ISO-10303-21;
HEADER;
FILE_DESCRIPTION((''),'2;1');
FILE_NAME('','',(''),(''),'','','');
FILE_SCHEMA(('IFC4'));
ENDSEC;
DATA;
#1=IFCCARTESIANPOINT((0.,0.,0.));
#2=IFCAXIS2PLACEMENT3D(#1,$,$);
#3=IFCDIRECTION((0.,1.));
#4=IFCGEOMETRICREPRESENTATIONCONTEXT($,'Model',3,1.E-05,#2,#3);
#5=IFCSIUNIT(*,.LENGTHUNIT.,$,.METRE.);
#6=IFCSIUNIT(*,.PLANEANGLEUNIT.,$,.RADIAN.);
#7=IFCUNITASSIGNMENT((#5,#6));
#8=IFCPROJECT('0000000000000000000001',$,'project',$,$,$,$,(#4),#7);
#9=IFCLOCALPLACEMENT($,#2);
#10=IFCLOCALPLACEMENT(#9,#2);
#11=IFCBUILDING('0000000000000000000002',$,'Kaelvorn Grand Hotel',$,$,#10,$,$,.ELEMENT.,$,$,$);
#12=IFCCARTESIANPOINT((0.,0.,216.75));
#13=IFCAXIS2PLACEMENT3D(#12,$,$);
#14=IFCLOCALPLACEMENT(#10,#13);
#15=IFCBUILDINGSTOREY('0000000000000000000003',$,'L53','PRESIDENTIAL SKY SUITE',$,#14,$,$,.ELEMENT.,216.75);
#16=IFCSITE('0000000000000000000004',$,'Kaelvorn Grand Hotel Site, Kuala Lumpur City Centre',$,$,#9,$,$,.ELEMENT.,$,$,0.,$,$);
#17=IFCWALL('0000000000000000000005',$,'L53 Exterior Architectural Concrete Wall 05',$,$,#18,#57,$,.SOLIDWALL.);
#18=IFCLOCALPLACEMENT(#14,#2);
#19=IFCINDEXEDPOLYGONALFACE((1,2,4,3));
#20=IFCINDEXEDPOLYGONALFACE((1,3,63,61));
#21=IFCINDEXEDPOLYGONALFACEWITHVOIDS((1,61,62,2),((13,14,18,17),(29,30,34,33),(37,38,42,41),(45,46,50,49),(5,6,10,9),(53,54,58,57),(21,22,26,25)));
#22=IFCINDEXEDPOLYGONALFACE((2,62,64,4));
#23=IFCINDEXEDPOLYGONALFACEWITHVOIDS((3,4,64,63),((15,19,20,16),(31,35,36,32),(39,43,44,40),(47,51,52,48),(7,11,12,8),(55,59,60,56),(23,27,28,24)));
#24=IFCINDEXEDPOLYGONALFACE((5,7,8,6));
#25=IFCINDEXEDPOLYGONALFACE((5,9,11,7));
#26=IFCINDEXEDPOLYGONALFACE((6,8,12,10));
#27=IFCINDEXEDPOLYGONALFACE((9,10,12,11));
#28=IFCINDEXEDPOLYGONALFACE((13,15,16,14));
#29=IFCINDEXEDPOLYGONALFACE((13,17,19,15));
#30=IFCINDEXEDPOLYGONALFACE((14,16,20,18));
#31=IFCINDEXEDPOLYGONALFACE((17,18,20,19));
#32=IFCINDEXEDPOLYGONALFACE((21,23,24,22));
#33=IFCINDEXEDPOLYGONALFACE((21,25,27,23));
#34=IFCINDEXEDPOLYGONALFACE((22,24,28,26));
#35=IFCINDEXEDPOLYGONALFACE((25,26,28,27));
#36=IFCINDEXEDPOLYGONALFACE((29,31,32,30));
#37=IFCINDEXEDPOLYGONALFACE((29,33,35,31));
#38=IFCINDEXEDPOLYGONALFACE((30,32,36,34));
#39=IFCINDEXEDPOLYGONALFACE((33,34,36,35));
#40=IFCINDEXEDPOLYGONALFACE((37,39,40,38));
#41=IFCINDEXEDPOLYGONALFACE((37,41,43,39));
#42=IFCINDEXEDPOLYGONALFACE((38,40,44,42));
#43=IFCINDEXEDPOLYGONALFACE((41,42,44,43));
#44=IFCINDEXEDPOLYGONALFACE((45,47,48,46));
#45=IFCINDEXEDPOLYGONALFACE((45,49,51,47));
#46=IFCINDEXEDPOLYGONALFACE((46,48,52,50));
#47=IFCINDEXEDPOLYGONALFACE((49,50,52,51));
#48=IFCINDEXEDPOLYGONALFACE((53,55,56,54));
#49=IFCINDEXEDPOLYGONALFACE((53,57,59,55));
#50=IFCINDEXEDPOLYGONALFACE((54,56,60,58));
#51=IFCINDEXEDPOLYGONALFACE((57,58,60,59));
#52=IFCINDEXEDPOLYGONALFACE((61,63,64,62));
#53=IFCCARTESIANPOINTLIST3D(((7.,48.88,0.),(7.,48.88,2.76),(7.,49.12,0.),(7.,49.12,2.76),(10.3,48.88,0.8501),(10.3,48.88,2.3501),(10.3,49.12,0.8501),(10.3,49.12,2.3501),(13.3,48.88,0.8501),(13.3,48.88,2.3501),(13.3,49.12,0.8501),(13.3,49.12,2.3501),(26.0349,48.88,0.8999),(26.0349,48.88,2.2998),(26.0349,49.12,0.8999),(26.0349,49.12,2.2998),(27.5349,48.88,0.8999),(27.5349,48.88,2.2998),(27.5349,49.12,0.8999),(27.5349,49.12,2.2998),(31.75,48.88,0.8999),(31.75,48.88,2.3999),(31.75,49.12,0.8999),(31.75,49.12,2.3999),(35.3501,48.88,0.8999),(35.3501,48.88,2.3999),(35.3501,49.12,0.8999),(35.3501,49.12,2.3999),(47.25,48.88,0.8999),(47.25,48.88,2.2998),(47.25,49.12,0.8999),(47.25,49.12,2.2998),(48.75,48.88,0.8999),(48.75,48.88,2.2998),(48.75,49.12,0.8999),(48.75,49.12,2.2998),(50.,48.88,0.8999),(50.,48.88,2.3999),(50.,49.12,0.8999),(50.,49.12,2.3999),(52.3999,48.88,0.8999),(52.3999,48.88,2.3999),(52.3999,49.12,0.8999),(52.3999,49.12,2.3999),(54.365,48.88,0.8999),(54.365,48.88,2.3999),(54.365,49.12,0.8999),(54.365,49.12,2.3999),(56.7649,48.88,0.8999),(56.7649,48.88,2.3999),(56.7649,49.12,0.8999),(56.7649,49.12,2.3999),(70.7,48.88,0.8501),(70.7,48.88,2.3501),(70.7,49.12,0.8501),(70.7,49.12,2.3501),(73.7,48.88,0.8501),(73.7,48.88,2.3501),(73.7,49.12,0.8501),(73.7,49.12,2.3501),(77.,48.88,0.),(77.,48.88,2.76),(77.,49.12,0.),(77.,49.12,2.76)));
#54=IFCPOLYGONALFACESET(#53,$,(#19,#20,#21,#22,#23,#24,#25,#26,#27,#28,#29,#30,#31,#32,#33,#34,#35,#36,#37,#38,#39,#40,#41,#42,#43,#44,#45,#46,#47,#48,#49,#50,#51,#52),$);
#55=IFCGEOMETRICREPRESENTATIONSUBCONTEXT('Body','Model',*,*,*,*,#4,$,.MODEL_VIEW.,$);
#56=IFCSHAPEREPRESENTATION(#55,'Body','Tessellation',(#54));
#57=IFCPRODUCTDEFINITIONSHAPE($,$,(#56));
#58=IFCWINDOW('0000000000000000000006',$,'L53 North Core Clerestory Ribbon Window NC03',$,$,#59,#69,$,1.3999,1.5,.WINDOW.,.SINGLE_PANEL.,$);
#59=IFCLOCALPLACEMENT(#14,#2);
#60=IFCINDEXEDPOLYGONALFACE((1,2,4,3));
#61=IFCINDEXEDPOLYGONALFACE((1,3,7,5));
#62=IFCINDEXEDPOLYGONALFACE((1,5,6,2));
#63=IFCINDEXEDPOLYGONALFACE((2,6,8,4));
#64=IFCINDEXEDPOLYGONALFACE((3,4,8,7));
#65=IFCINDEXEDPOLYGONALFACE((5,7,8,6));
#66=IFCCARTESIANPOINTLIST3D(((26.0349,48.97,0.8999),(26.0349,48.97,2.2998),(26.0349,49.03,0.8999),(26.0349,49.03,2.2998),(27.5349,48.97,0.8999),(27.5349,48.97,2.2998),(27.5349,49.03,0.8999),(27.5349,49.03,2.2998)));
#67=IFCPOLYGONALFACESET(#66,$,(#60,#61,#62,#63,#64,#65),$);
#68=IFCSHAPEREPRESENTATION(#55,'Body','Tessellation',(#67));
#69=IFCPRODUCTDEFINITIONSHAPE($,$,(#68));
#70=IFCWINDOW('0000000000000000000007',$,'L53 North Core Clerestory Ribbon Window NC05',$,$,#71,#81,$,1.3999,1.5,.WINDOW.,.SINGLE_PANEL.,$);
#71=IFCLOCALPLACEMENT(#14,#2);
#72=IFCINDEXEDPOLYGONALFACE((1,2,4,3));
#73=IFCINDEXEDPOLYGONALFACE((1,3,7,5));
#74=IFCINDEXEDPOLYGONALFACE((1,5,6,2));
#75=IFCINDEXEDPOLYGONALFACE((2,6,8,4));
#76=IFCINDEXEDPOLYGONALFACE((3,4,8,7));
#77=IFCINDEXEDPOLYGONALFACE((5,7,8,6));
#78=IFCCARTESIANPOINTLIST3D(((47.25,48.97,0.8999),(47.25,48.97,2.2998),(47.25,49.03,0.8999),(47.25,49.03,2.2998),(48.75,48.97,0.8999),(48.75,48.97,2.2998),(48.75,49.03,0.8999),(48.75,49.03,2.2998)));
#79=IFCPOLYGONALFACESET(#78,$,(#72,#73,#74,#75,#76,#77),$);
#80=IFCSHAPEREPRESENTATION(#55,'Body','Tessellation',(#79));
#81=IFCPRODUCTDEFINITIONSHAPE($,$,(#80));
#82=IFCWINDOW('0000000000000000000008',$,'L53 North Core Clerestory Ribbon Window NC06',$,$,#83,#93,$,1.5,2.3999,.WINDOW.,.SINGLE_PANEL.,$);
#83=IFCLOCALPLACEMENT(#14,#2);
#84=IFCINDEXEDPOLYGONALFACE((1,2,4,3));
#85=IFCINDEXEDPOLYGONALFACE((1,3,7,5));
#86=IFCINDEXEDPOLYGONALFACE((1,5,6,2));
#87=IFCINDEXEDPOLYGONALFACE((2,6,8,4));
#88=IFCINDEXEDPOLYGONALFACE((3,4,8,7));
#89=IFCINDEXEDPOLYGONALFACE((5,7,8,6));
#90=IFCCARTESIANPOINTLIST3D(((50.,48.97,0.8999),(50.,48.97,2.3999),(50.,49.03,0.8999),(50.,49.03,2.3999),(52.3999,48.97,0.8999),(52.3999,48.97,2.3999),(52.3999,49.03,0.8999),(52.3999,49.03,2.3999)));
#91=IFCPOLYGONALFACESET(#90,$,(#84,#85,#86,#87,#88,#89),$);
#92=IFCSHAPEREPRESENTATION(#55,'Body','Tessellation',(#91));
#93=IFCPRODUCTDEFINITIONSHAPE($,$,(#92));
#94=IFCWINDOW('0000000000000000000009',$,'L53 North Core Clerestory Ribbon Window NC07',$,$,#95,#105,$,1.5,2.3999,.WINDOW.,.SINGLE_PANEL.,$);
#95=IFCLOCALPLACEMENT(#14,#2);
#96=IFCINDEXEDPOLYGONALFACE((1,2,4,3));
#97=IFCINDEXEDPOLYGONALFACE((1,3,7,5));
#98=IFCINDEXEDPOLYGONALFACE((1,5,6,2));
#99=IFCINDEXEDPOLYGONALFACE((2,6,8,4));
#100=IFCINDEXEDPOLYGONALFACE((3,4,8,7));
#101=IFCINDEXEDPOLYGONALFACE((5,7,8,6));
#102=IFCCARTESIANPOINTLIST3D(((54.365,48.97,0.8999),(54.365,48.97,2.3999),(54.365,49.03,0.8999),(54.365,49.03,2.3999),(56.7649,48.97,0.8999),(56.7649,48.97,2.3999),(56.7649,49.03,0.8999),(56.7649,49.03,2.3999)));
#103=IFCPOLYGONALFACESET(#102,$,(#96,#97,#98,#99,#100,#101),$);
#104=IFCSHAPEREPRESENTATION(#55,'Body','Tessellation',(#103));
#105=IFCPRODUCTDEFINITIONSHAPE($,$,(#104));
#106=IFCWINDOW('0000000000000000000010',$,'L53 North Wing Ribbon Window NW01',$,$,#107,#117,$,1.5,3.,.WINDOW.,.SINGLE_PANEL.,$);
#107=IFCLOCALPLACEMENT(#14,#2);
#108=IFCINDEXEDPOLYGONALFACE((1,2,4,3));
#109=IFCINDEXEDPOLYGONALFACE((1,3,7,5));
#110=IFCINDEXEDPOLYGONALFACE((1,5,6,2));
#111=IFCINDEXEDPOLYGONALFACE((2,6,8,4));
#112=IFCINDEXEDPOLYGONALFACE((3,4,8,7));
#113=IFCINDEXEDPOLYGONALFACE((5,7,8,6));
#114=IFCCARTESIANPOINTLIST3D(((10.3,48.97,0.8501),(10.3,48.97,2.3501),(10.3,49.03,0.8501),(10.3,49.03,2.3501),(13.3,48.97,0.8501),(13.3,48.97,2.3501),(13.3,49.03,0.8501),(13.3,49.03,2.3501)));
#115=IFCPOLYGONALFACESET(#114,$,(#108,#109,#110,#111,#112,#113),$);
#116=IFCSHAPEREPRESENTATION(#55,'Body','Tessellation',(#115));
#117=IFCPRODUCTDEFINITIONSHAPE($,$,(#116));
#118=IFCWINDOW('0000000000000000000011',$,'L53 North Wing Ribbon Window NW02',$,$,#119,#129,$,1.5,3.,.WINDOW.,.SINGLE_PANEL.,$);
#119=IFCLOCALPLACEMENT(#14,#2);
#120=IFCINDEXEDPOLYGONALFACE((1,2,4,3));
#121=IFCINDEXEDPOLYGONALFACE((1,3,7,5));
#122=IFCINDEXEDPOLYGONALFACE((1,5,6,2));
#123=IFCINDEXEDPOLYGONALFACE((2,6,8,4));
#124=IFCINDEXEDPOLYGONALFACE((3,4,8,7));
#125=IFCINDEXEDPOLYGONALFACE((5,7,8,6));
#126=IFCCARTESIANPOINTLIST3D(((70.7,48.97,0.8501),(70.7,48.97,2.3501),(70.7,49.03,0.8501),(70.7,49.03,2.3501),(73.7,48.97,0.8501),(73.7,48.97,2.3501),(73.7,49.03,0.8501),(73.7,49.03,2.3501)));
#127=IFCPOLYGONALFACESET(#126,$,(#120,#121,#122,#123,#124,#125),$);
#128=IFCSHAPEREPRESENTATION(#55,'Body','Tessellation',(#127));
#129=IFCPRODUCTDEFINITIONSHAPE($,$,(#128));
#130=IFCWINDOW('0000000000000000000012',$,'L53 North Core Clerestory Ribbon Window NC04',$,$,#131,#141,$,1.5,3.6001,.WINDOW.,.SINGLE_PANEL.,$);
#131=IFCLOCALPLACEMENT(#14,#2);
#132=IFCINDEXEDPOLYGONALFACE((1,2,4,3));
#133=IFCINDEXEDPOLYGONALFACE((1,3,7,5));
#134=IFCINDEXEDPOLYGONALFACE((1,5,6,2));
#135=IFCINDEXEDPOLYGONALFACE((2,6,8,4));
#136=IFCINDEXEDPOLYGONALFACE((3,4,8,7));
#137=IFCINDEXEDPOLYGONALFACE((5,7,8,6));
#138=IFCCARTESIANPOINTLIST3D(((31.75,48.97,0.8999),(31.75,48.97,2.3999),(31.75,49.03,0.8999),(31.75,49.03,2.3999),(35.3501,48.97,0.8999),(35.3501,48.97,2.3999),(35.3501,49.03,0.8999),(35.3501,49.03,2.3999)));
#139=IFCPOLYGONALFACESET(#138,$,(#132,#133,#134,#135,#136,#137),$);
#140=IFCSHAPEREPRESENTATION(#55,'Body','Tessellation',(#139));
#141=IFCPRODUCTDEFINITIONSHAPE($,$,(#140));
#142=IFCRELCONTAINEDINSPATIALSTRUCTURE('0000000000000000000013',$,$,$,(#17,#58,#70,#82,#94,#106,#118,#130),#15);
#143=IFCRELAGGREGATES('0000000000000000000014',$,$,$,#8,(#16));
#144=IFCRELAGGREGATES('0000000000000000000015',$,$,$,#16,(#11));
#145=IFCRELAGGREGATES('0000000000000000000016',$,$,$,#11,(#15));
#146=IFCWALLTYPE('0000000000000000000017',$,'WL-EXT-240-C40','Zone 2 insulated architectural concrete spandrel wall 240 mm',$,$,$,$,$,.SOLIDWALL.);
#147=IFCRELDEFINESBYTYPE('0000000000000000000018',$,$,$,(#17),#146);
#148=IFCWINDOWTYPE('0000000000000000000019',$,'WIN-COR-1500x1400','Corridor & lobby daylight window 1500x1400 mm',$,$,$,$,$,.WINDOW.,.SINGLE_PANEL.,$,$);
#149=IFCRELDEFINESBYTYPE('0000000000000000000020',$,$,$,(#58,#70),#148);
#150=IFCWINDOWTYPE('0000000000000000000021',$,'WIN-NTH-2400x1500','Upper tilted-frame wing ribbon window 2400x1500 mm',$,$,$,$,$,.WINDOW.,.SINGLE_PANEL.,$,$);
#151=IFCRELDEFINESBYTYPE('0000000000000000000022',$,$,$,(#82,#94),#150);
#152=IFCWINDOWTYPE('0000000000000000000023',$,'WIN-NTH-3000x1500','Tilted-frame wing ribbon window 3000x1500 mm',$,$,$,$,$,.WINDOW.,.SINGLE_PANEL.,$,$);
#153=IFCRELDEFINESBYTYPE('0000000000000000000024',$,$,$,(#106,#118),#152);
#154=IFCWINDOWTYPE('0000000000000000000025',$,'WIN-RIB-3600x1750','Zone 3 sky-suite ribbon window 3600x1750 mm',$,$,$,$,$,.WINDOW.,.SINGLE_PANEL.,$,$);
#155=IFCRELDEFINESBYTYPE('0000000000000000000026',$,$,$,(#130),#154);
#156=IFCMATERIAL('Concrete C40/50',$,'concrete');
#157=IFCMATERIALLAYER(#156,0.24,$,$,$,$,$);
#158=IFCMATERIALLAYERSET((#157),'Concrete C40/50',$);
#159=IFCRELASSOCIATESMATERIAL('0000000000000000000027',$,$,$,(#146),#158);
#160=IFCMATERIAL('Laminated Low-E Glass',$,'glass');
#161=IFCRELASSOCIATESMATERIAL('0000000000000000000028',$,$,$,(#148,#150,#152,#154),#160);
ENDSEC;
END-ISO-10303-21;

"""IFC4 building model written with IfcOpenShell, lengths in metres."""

from ifc_helpers import new_model, si_unit, direction, frame, frame_2d, origin, place, context, subcontext, project, spatial, rectangle, extrude, material, layer, layer_set, type_object, element, fill, save


model = new_model("IFC4")

# Units and contexts
model_context = context("Model", 3, precision=1e-05, world=origin(), true_north=direction((0.0, 1.0)))
body_context = subcontext(model_context, "Body", "Model", "MODEL_VIEW")
ifc_project = project(units=[si_unit("LENGTHUNIT", "METRE"), si_unit("PLANEANGLEUNIT", "RADIAN")], contexts=[model_context])

# Site, building, storey
site_placement = place(None, origin())
site = spatial("IfcSite", under=ifc_project, at=site_placement, Name="Kaelvorn Grand Hotel Site, Kuala Lumpur City Centre", CompositionType="ELEMENT", RefElevation=0.0)
building_placement = place(site_placement, origin())
building = spatial("IfcBuilding", under=site, at=building_placement, Name="Kaelvorn Grand Hotel", CompositionType="ELEMENT")
storey_placement = place(building_placement, frame((0.0, 0.0, 216.75)))
storey = spatial("IfcBuildingStorey", under=building, at=storey_placement, Name="L53", Description="PRESIDENTIAL SKY SUITE", CompositionType="ELEMENT", Elevation=216.75)

# Shared definitions
ifc_material_1 = material(Name="Concrete C40/50", Category="concrete")
ifc_layer_1 = layer(ifc_material_1, 0.24)
ifc_layer_set_1 = layer_set([ifc_layer_1], Name="Concrete C40/50")
wall_type = type_object("IfcWallType", Name="WL-EXT-240-C40", Description="Zone 2 insulated architectural concrete spandrel wall 240 mm", PredefinedType="SOLIDWALL", material=ifc_layer_set_1)
ifc_material_2 = material(Name="Laminated Low-E Glass", Category="glass")

# Wall, openings, windows
wall_1_placement = place(storey_placement, frame((77.0, 49.0, 0.0), z_axis=(0.0, 0.0, 1.0), x_axis=(-1.0, 0.0, 0.0)))
wall_1 = element("IfcWall", 1, at=wall_1_placement, inside=storey, type_object=wall_type, Name="L53 Exterior Architectural Concrete Wall 05", PredefinedType="SOLIDWALL", context=body_context, shape_type="SweptSolid", body=[
    extrude(rectangle(XDim=70.0, YDim=0.24, at=frame_2d((35.0, 0.0))), origin(), (0.0, 0.0, 1.0), 2.76),
])
opening_1_placement = place(wall_1_placement, frame((63.7, 0.0, 0.8501)))
opening_1 = element("IfcOpeningElement", 2, at=opening_1_placement, cuts=wall_1, PredefinedType="OPENING", context=body_context, shape_type="SweptSolid", body=[
    extrude(rectangle(XDim=3.0, YDim=1.5, at=frame_2d((1.5, 0.75))), frame((0.0, 0.1299, 0.0), z_axis=(0.0, -1.0, 0.0), x_axis=(1.0, 0.0, 0.0)), (0.0, 0.0, 1.0), 0.26),
])
opening_2_placement = place(wall_1_placement, frame((3.3, 0.0, 0.8501)))
opening_2 = element("IfcOpeningElement", 3, at=opening_2_placement, cuts=wall_1, PredefinedType="OPENING", context=body_context, shape_type="SweptSolid", body=[
    extrude(rectangle(XDim=3.0, YDim=1.5, at=frame_2d((1.5, 0.75))), frame((0.0, 0.1299, 0.0), z_axis=(0.0, -1.0, 0.0), x_axis=(1.0, 0.0, 0.0)), (0.0, 0.0, 1.0), 0.26),
])
opening_3_placement = place(wall_1_placement, frame((49.4651, 0.0, 0.8999)))
opening_3 = element("IfcOpeningElement", 4, at=opening_3_placement, cuts=wall_1, PredefinedType="OPENING", context=body_context, shape_type="SweptSolid", body=[
    extrude(rectangle(XDim=1.5, YDim=1.3999, at=frame_2d((0.75, 0.7))), frame((0.0, 0.1299, 0.0), z_axis=(0.0, -1.0, 0.0), x_axis=(1.0, 0.0, 0.0)), (0.0, 0.0, 1.0), 0.26),
])
opening_4_placement = place(wall_1_placement, frame((41.6499, 0.0, 0.8999)))
opening_4 = element("IfcOpeningElement", 5, at=opening_4_placement, cuts=wall_1, PredefinedType="OPENING", context=body_context, shape_type="SweptSolid", body=[
    extrude(rectangle(XDim=3.6001, YDim=1.5, at=frame_2d((1.8, 0.75))), frame((0.0, 0.1299, 0.0), z_axis=(0.0, -1.0, 0.0), x_axis=(1.0, 0.0, 0.0)), (0.0, 0.0, 1.0), 0.26),
])
opening_5_placement = place(wall_1_placement, frame((28.25, 0.0, 0.8999)))
opening_5 = element("IfcOpeningElement", 6, at=opening_5_placement, cuts=wall_1, PredefinedType="OPENING", context=body_context, shape_type="SweptSolid", body=[
    extrude(rectangle(XDim=1.5, YDim=1.3999, at=frame_2d((0.75, 0.7))), frame((0.0, 0.1299, 0.0), z_axis=(0.0, -1.0, 0.0), x_axis=(1.0, 0.0, 0.0)), (0.0, 0.0, 1.0), 0.26),
])
opening_6_placement = place(wall_1_placement, frame((24.6001, 0.0, 0.8999)))
opening_6 = element("IfcOpeningElement", 7, at=opening_6_placement, cuts=wall_1, PredefinedType="OPENING", context=body_context, shape_type="SweptSolid", body=[
    extrude(rectangle(XDim=2.3999, YDim=1.5, at=frame_2d((1.2, 0.75))), frame((0.0, 0.1299, 0.0), z_axis=(0.0, -1.0, 0.0), x_axis=(1.0, 0.0, 0.0)), (0.0, 0.0, 1.0), 0.26),
])
opening_7_placement = place(wall_1_placement, frame((20.2351, 0.0, 0.8999)))
opening_7 = element("IfcOpeningElement", 8, at=opening_7_placement, cuts=wall_1, PredefinedType="OPENING", context=body_context, shape_type="SweptSolid", body=[
    extrude(rectangle(XDim=2.3999, YDim=1.5, at=frame_2d((1.2, 0.75))), frame((0.0, 0.1299, 0.0), z_axis=(0.0, -1.0, 0.0), x_axis=(1.0, 0.0, 0.0)), (0.0, 0.0, 1.0), 0.26),
])
window_type_1 = type_object("IfcWindowType", Name="WIN-COR-1500x1400", Description="Corridor & lobby daylight window 1500x1400 mm", PartitioningType="SINGLE_PANEL", PredefinedType="WINDOW", material=ifc_material_2)
window_1_placement = place(opening_3_placement, origin())
window_1 = element("IfcWindow", 9, at=window_1_placement, inside=storey, type_object=window_type_1, Name="L53 North Core Clerestory Ribbon Window NC03", OverallHeight=1.3999, OverallWidth=1.5, PartitioningType="SINGLE_PANEL", PredefinedType="WINDOW", context=body_context, shape_type="SweptSolid", body=[
    extrude(rectangle(XDim=1.5, YDim=1.3999, at=frame_2d((0.75, 0.7))), frame((0.0, 0.03, 0.0), z_axis=(0.0, -1.0, 0.0), x_axis=(1.0, 0.0, 0.0)), (0.0, 0.0, 1.0), 0.0601),
])
fill(opening_3, window_1)
window_2_placement = place(opening_5_placement, origin())
window_2 = element("IfcWindow", 10, at=window_2_placement, inside=storey, type_object=window_type_1, Name="L53 North Core Clerestory Ribbon Window NC05", OverallHeight=1.3999, OverallWidth=1.5, PartitioningType="SINGLE_PANEL", PredefinedType="WINDOW", context=body_context, shape_type="SweptSolid", body=[
    extrude(rectangle(XDim=1.5, YDim=1.3999, at=frame_2d((0.75, 0.7))), frame((0.0, 0.03, 0.0), z_axis=(0.0, -1.0, 0.0), x_axis=(1.0, 0.0, 0.0)), (0.0, 0.0, 1.0), 0.0601),
])
fill(opening_5, window_2)
window_type_2 = type_object("IfcWindowType", Name="WIN-NTH-2400x1500", Description="Upper tilted-frame wing ribbon window 2400x1500 mm", PartitioningType="SINGLE_PANEL", PredefinedType="WINDOW", material=ifc_material_2)
window_3_placement = place(opening_6_placement, origin())
window_3 = element("IfcWindow", 11, at=window_3_placement, inside=storey, type_object=window_type_2, Name="L53 North Core Clerestory Ribbon Window NC06", OverallHeight=1.5, OverallWidth=2.3999, PartitioningType="SINGLE_PANEL", PredefinedType="WINDOW", context=body_context, shape_type="SweptSolid", body=[
    extrude(rectangle(XDim=2.3999, YDim=1.5, at=frame_2d((1.2, 0.75))), frame((0.0, 0.03, 0.0), z_axis=(0.0, -1.0, 0.0), x_axis=(1.0, 0.0, 0.0)), (0.0, 0.0, 1.0), 0.0601),
])
fill(opening_6, window_3)
window_4_placement = place(opening_7_placement, origin())
window_4 = element("IfcWindow", 12, at=window_4_placement, inside=storey, type_object=window_type_2, Name="L53 North Core Clerestory Ribbon Window NC07", OverallHeight=1.5, OverallWidth=2.3999, PartitioningType="SINGLE_PANEL", PredefinedType="WINDOW", context=body_context, shape_type="SweptSolid", body=[
    extrude(rectangle(XDim=2.3999, YDim=1.5, at=frame_2d((1.2, 0.75))), frame((0.0, 0.03, 0.0), z_axis=(0.0, -1.0, 0.0), x_axis=(1.0, 0.0, 0.0)), (0.0, 0.0, 1.0), 0.0601),
])
fill(opening_7, window_4)
window_type_3 = type_object("IfcWindowType", Name="WIN-NTH-3000x1500", Description="Tilted-frame wing ribbon window 3000x1500 mm", PartitioningType="SINGLE_PANEL", PredefinedType="WINDOW", material=ifc_material_2)
window_5_placement = place(opening_1_placement, origin())
window_5 = element("IfcWindow", 13, at=window_5_placement, inside=storey, type_object=window_type_3, Name="L53 North Wing Ribbon Window NW01", OverallHeight=1.5, OverallWidth=3.0, PartitioningType="SINGLE_PANEL", PredefinedType="WINDOW", context=body_context, shape_type="SweptSolid", body=[
    extrude(rectangle(XDim=3.0, YDim=1.5, at=frame_2d((1.5, 0.75))), frame((0.0, 0.03, 0.0), z_axis=(0.0, -1.0, 0.0), x_axis=(1.0, 0.0, 0.0)), (0.0, 0.0, 1.0), 0.0601),
])
fill(opening_1, window_5)
window_6_placement = place(opening_2_placement, origin())
window_6 = element("IfcWindow", 14, at=window_6_placement, inside=storey, type_object=window_type_3, Name="L53 North Wing Ribbon Window NW02", OverallHeight=1.5, OverallWidth=3.0, PartitioningType="SINGLE_PANEL", PredefinedType="WINDOW", context=body_context, shape_type="SweptSolid", body=[
    extrude(rectangle(XDim=3.0, YDim=1.5, at=frame_2d((1.5, 0.75))), frame((0.0, 0.03, 0.0), z_axis=(0.0, -1.0, 0.0), x_axis=(1.0, 0.0, 0.0)), (0.0, 0.0, 1.0), 0.0601),
])
fill(opening_2, window_6)
window_type_4 = type_object("IfcWindowType", Name="WIN-RIB-3600x1750", Description="Zone 3 sky-suite ribbon window 3600x1750 mm", PartitioningType="SINGLE_PANEL", PredefinedType="WINDOW", material=ifc_material_2)
window_7_placement = place(opening_4_placement, origin())
window_7 = element("IfcWindow", 15, at=window_7_placement, inside=storey, type_object=window_type_4, Name="L53 North Core Clerestory Ribbon Window NC04", OverallHeight=1.5, OverallWidth=3.6001, PartitioningType="SINGLE_PANEL", PredefinedType="WINDOW", context=body_context, shape_type="SweptSolid", body=[
    extrude(rectangle(XDim=3.6001, YDim=1.5, at=frame_2d((1.8, 0.75))), frame((0.0, 0.03, 0.0), z_axis=(0.0, -1.0, 0.0), x_axis=(1.0, 0.0, 0.0)), (0.0, 0.0, 1.0), 0.0601),
])
fill(opening_4, window_7)

save(model, "model.ifc")
